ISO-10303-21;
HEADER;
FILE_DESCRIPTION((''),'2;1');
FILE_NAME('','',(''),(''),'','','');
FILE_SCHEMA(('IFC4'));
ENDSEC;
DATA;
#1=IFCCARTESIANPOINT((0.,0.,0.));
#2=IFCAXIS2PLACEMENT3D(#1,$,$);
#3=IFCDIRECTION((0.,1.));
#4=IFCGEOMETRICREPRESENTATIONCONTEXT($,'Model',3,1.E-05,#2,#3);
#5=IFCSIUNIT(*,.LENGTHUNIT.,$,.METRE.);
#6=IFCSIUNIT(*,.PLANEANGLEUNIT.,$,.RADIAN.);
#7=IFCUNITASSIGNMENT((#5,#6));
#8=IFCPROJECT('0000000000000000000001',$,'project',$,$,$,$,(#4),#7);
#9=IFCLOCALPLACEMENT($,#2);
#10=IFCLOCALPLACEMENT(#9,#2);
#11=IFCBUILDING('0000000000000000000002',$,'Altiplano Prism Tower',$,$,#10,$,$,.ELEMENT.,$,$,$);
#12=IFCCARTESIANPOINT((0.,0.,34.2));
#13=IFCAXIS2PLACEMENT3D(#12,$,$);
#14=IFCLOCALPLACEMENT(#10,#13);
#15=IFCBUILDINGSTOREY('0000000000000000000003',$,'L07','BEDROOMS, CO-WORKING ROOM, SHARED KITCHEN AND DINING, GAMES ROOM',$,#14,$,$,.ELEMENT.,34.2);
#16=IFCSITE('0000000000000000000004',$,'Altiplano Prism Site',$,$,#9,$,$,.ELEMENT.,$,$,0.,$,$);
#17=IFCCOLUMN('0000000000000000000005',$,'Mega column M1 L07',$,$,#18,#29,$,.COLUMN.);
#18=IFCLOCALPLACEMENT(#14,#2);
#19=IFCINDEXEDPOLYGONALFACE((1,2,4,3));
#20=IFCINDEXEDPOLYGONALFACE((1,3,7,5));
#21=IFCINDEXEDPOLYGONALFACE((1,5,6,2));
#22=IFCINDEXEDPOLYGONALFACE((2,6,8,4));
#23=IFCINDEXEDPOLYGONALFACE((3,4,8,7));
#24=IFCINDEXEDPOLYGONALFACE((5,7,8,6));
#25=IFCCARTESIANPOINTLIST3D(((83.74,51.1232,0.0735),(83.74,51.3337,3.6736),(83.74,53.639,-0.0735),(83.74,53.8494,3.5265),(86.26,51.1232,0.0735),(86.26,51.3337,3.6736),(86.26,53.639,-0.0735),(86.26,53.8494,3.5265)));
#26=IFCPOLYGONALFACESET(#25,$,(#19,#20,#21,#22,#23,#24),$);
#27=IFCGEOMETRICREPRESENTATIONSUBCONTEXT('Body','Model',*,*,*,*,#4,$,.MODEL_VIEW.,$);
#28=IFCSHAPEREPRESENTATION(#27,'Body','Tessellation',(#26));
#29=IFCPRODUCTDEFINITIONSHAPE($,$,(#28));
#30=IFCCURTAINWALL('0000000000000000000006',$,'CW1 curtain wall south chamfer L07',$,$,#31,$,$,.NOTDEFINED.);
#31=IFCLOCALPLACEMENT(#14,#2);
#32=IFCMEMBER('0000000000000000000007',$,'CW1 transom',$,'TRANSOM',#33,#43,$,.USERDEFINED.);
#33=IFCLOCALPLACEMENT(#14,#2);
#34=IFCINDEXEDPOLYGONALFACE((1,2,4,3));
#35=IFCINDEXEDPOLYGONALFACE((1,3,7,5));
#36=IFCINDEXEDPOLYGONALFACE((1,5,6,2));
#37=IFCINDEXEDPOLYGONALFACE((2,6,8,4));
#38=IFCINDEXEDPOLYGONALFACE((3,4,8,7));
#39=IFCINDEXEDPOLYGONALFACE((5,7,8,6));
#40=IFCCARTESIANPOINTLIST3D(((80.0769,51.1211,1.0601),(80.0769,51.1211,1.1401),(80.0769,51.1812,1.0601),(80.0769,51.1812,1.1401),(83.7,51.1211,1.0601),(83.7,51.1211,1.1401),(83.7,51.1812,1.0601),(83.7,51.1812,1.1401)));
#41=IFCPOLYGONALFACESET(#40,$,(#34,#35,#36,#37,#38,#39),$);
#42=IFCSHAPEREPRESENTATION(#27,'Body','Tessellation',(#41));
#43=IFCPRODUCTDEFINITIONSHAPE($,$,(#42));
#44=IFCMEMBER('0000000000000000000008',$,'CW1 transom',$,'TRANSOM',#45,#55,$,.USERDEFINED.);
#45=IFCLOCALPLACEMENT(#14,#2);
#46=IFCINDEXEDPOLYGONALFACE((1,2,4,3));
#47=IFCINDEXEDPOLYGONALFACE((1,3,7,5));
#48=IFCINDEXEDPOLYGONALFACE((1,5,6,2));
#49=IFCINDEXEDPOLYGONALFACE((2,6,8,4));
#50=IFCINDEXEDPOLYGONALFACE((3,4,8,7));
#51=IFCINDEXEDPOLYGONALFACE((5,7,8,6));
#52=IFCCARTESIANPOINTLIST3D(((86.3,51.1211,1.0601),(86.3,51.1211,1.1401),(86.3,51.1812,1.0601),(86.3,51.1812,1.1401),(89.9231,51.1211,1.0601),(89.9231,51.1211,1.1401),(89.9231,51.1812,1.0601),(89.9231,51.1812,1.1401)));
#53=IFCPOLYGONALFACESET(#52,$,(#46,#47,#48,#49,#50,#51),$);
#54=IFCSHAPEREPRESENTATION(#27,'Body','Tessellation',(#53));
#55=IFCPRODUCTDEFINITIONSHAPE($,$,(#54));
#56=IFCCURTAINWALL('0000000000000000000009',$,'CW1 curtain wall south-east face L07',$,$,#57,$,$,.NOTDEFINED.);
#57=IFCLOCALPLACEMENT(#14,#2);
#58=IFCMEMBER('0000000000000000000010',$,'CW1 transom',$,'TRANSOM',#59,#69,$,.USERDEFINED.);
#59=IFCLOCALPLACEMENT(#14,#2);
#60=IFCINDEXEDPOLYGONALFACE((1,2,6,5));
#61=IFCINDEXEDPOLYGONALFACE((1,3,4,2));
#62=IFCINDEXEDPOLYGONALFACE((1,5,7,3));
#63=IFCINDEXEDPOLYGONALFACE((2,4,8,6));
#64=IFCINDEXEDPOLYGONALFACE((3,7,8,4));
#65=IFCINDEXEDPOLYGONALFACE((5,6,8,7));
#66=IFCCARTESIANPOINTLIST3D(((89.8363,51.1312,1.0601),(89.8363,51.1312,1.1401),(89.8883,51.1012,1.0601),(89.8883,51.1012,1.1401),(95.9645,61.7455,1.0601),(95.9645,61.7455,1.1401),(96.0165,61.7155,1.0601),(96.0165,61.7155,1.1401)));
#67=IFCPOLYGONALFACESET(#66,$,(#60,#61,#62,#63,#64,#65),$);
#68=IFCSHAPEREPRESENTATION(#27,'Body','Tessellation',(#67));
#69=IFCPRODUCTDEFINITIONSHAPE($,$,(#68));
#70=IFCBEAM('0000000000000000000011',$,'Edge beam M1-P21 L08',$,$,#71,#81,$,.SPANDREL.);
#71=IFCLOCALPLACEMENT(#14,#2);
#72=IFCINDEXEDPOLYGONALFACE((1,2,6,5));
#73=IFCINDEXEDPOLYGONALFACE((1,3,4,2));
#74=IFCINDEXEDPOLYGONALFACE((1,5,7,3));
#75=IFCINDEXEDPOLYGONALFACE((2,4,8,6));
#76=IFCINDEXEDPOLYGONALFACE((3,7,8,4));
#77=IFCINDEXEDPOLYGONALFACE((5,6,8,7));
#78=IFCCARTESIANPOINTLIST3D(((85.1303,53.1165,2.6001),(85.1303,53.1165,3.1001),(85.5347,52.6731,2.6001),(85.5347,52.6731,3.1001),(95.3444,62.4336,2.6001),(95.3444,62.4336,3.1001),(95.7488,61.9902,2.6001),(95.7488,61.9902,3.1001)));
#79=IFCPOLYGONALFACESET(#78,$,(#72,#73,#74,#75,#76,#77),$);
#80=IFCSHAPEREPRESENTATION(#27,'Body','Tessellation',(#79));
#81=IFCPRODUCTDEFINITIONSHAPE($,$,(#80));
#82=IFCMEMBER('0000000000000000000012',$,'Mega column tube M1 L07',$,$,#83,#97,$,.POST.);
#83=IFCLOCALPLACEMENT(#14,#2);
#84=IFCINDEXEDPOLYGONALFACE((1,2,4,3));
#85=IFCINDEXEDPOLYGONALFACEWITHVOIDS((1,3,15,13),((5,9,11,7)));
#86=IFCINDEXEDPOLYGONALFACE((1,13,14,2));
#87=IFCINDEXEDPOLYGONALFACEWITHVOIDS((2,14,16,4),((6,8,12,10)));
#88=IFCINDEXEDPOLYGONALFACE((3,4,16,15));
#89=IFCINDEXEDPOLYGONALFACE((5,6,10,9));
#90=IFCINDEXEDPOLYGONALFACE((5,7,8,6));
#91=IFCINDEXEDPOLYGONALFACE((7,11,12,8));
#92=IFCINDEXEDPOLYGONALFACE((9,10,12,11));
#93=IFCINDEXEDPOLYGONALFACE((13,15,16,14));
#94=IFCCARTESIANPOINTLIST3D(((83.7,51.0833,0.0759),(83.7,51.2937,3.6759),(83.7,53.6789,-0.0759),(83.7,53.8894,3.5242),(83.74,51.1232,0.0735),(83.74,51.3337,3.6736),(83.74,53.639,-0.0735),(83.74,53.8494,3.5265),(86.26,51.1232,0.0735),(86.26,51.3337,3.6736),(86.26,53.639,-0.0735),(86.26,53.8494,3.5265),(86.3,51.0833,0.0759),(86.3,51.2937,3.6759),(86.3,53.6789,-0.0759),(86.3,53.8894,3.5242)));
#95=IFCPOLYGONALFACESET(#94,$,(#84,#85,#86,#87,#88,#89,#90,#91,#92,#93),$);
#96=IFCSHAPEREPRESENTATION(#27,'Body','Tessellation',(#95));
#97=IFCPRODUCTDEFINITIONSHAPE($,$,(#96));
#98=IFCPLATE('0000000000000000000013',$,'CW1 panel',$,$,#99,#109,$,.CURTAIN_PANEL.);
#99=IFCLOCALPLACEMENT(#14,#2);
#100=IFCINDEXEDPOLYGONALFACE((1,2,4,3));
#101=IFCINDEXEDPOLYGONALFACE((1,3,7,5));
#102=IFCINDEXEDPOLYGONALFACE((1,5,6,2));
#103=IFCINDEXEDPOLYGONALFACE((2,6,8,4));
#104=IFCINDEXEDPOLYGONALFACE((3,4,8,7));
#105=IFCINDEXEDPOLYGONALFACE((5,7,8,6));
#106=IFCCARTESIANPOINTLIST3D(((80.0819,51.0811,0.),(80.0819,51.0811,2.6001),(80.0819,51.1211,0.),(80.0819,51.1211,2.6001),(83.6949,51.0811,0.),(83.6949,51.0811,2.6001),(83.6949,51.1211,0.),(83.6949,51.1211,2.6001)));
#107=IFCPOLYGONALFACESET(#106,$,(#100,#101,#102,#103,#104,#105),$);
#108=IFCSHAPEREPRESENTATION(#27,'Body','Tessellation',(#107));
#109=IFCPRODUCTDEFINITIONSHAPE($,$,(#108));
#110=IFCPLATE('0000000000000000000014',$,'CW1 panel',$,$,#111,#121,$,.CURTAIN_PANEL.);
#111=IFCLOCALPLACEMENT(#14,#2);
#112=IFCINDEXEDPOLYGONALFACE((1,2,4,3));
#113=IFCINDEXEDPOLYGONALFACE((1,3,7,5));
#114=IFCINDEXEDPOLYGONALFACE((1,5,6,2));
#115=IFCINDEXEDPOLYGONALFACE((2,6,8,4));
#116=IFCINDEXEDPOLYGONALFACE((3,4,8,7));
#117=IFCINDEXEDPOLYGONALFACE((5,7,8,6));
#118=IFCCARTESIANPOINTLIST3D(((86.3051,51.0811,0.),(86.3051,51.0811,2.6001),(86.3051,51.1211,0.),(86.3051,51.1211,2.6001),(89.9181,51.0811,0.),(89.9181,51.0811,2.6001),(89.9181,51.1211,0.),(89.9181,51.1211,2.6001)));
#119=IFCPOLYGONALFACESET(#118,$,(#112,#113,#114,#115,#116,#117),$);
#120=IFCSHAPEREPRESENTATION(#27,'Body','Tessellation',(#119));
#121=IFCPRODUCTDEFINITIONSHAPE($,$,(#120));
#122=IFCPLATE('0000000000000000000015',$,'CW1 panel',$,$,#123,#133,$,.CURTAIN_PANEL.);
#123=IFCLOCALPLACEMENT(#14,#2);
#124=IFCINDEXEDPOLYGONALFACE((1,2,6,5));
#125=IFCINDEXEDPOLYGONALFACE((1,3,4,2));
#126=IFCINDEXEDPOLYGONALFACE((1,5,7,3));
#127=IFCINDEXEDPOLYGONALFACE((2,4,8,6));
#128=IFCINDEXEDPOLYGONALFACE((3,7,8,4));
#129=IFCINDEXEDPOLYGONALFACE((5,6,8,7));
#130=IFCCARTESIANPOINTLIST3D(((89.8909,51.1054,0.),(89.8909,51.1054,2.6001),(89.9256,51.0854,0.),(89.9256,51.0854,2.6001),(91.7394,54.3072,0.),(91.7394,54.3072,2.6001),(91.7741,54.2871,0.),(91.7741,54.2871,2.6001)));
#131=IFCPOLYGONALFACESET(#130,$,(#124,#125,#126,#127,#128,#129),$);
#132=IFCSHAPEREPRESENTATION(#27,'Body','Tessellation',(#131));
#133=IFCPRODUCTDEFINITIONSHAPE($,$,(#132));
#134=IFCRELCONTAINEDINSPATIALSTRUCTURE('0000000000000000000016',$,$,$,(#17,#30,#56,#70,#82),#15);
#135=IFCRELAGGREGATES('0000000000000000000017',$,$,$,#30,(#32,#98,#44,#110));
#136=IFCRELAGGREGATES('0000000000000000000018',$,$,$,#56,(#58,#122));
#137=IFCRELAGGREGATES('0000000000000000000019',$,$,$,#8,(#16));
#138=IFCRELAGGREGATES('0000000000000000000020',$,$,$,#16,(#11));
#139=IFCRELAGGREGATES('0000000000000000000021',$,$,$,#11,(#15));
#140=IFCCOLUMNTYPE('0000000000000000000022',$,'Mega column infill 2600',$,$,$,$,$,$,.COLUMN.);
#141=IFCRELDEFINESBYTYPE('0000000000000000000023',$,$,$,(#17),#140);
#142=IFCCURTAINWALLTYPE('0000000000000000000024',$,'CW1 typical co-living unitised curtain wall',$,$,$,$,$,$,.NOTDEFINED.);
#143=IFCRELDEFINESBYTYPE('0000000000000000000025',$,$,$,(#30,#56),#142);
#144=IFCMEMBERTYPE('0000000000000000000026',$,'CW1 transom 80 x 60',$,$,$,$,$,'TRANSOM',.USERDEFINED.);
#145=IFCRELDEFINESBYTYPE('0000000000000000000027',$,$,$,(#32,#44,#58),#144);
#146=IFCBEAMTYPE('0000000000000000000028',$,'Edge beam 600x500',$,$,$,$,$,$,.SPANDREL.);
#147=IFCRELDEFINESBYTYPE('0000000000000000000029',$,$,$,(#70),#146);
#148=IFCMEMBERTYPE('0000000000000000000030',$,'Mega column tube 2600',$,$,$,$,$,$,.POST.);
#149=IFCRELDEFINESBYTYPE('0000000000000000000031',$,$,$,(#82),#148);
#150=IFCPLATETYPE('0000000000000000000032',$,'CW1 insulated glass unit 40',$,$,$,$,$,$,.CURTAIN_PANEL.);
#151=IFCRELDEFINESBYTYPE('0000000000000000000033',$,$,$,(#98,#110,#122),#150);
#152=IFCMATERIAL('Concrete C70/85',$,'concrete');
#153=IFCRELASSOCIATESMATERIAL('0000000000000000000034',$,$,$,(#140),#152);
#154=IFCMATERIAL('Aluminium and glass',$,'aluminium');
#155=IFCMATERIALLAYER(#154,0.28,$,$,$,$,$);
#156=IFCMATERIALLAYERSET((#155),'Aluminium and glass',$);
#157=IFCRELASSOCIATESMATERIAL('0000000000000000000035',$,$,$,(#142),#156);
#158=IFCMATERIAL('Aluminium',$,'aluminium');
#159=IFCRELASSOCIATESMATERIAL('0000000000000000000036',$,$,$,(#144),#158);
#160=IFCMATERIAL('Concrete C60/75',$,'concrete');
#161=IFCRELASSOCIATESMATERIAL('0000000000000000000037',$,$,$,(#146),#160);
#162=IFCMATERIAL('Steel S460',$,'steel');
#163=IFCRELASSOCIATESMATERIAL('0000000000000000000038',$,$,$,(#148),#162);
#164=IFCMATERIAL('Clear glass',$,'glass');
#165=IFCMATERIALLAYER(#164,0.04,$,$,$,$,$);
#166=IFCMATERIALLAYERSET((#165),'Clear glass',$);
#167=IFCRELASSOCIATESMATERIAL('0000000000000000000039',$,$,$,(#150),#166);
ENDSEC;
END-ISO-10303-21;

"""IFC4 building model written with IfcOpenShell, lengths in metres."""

from ifc_helpers import new_model, si_unit, direction, frame, origin, origin_2d, place, context, subcontext, project, spatial, rectangle, hollow_rectangle, extrude, material, layer, layer_set, material_profile, profile_set, type_object, element, aggregate, save


model = new_model("IFC4")

# Units and contexts
model_context = context("Model", 3, precision=1e-05, world=origin(), true_north=direction((0.0, 1.0)))
body_context = subcontext(model_context, "Body", "Model", "MODEL_VIEW")
ifc_project = project(units=[si_unit("LENGTHUNIT", "METRE"), si_unit("PLANEANGLEUNIT", "RADIAN")], contexts=[model_context])

# Site, building, storey
site_placement = place(None, origin())
site = spatial("IfcSite", under=ifc_project, at=site_placement, Name="Altiplano Prism Site", CompositionType="ELEMENT", RefElevation=0.0)
building_placement = place(site_placement, origin())
building = spatial("IfcBuilding", under=site, at=building_placement, Name="Altiplano Prism Tower", CompositionType="ELEMENT")
storey_placement = place(building_placement, frame((0.0, 0.0, 34.2)))
storey = spatial("IfcBuildingStorey", under=building, at=storey_placement, Name="L07", Description="BEDROOMS, CO-WORKING ROOM, SHARED KITCHEN AND DINING, GAMES ROOM", CompositionType="ELEMENT", Elevation=34.2)

# Column
ifc_material_1 = material(Name="Concrete C70/85", Category="concrete")
ifc_material_profile_1 = material_profile(ifc_material_1, rectangle(XDim=2.52, YDim=2.52, at=origin_2d()), Name="Mega column infill 2600")
ifc_profile_set_1 = profile_set([ifc_material_profile_1], Name="Concrete C70/85")
column_type = type_object("IfcColumnType", Name="Mega column infill 2600", PredefinedType="COLUMN", material=ifc_profile_set_1)
column_placement = place(storey_placement, frame((85.0, 52.3811, 0.0), z_axis=(0.0, 0.058357, 0.998296), x_axis=(-1.0, 0.0, 0.0)))
element("IfcColumn", 1, at=column_placement, inside=storey, type_object=column_type, Name="Mega column M1 L07", PredefinedType="COLUMN", context=body_context, shape_type="SweptSolid", body=[
    extrude(rectangle(XDim=2.52, YDim=2.52, at=origin_2d()), origin(), (0.0, 0.0, 1.0), 3.6062),
])

# Curtain wall, members
ifc_material_2 = material(Name="Aluminium and glass", Category="aluminium")
ifc_layer_1 = layer(ifc_material_2, 0.28)
ifc_layer_set_1 = layer_set([ifc_layer_1], Name="Aluminium and glass")
curtain_wall_type = type_object("IfcCurtainWallType", Name="CW1 typical co-living unitised curtain wall", PredefinedType="NOTDEFINED", material=ifc_layer_set_1)
curtain_wall_1_placement = place(storey_placement, origin())
curtain_wall_1 = element("IfcCurtainWall", 2, at=curtain_wall_1_placement, inside=storey, type_object=curtain_wall_type, Name="CW1 curtain wall south chamfer L07", PredefinedType="NOTDEFINED")
ifc_material_3 = material(Name="Aluminium", Category="aluminium")
ifc_material_profile_2 = material_profile(ifc_material_3, rectangle(XDim=0.0601, YDim=0.0801, at=origin_2d()), Name="CW1 transom 80 x 60")
ifc_profile_set_2 = profile_set([ifc_material_profile_2], Name="Aluminium")
member_type_1 = type_object("IfcMemberType", Name="CW1 transom 80 x 60", ElementType="TRANSOM", PredefinedType="USERDEFINED", material=ifc_profile_set_2)
member_1_placement = place(storey_placement, frame((80.0769, 51.1511, 1.1001), z_axis=(1.0, 0.0, 0.0), x_axis=(0.0, 1.0, 0.0)))
member_1 = element("IfcMember", 3, at=member_1_placement, type_object=member_type_1, Name="CW1 transom", ObjectType="TRANSOM", PredefinedType="USERDEFINED", context=body_context, shape_type="SweptSolid", body=[
    extrude(rectangle(XDim=0.0601, YDim=0.0801, at=origin_2d()), origin(), (0.0, 0.0, 1.0), 3.623),
])
member_2_placement = place(storey_placement, frame((86.3, 51.1511, 1.1001), z_axis=(1.0, 0.0, 0.0), x_axis=(0.0, 1.0, 0.0)))
member_2 = element("IfcMember", 4, at=member_2_placement, type_object=member_type_1, Name="CW1 transom", ObjectType="TRANSOM", PredefinedType="USERDEFINED", context=body_context, shape_type="SweptSolid", body=[
    extrude(rectangle(XDim=0.0601, YDim=0.0801, at=origin_2d()), origin(), (0.0, 0.0, 1.0), 3.623),
])

# Curtain wall, member
curtain_wall_2_placement = place(storey_placement, origin())
curtain_wall_2 = element("IfcCurtainWall", 5, at=curtain_wall_2_placement, inside=storey, type_object=curtain_wall_type, Name="CW1 curtain wall south-east face L07", PredefinedType="NOTDEFINED")
member_3_placement = place(storey_placement, frame((89.8623, 51.1162, 1.1001), z_axis=(0.500002, 0.866024, 0.0), x_axis=(-0.866024, 0.500002, 0.0)))
member_3 = element("IfcMember", 6, at=member_3_placement, type_object=member_type_1, Name="CW1 transom", ObjectType="TRANSOM", PredefinedType="USERDEFINED", context=body_context, shape_type="SweptSolid", body=[
    extrude(rectangle(XDim=0.0601, YDim=0.0801, at=origin_2d()), origin(), (0.0, 0.0, 1.0), 12.2563),
])

# Beam
ifc_material_4 = material(Name="Concrete C60/75", Category="concrete")
ifc_material_profile_3 = material_profile(ifc_material_4, rectangle(XDim=0.6001, YDim=0.5, at=origin_2d()), Name="Edge beam 600x500")
ifc_profile_set_3 = profile_set([ifc_material_profile_3], Name="Concrete C60/75")
beam_type = type_object("IfcBeamType", Name="Edge beam 600x500", PredefinedType="SPANDREL", material=ifc_profile_set_3)
beam_placement = place(storey_placement, frame((85.3325, 52.8948, 2.8501), z_axis=(0.738802, 0.673923, 0.0), x_axis=(-0.673923, 0.738802, 0.0)))
element("IfcBeam", 7, at=beam_placement, inside=storey, type_object=beam_type, Name="Edge beam M1-P21 L08", PredefinedType="SPANDREL", context=body_context, shape_type="SweptSolid", body=[
    extrude(rectangle(XDim=0.6001, YDim=0.5, at=origin_2d()), origin(), (0.0, 0.0, 1.0), 13.8252),
])

# Member
ifc_material_5 = material(Name="Steel S460", Category="steel")
ifc_material_profile_4 = material_profile(ifc_material_5, hollow_rectangle(XDim=2.6001, YDim=2.6001, WallThickness=0.04, at=origin_2d()), Name="Mega column tube 2600")
ifc_profile_set_4 = profile_set([ifc_material_profile_4], Name="Steel S460")
member_type_2 = type_object("IfcMemberType", Name="Mega column tube 2600", PredefinedType="POST", material=ifc_profile_set_4)
member_4_placement = place(storey_placement, frame((85.0, 52.3811, 0.0), z_axis=(0.0, 0.058357, 0.998296), x_axis=(-1.0, 0.0, 0.0)))
element("IfcMember", 8, at=member_4_placement, inside=storey, type_object=member_type_2, Name="Mega column tube M1 L07", PredefinedType="POST", context=body_context, shape_type="SweptSolid", body=[
    extrude(hollow_rectangle(XDim=2.6001, YDim=2.6001, WallThickness=0.04, at=origin_2d()), origin(), (0.0, 0.0, 1.0), 3.6062),
])

# Plates
ifc_material_6 = material(Name="Clear glass", Category="glass")
ifc_layer_2 = layer(ifc_material_6, 0.04)
ifc_layer_set_2 = layer_set([ifc_layer_2], Name="Clear glass")
plate_type = type_object("IfcPlateType", Name="CW1 insulated glass unit 40", PredefinedType="CURTAIN_PANEL", material=ifc_layer_set_2)
plate_1_placement = place(storey_placement, frame((81.8884, 51.1011, 0.0), z_axis=(0.0, 0.0, 1.0), x_axis=(1.0, 0.0, 0.0)))
plate_1 = element("IfcPlate", 9, at=plate_1_placement, type_object=plate_type, Name="CW1 panel", PredefinedType="CURTAIN_PANEL", context=body_context, shape_type="SweptSolid", body=[
    extrude(rectangle(XDim=3.613, YDim=0.04, at=origin_2d()), origin(), (0.0, 0.0, 1.0), 2.6001),
])
plate_2_placement = place(storey_placement, frame((88.1116, 51.1011, 0.0), z_axis=(0.0, 0.0, 1.0), x_axis=(1.0, 0.0, 0.0)))
plate_2 = element("IfcPlate", 10, at=plate_2_placement, type_object=plate_type, Name="CW1 panel", PredefinedType="CURTAIN_PANEL", context=body_context, shape_type="SweptSolid", body=[
    extrude(rectangle(XDim=3.613, YDim=0.04, at=origin_2d()), origin(), (0.0, 0.0, 1.0), 2.6001),
])
aggregate(curtain_wall_1, [member_1, plate_1, member_2, plate_2])
plate_3_placement = place(storey_placement, frame((90.8325, 52.6963, 0.0), z_axis=(0.0, 0.0, 1.0), x_axis=(0.5, 0.866025, 0.0)))
plate_3 = element("IfcPlate", 11, at=plate_3_placement, type_object=plate_type, Name="CW1 panel", PredefinedType="CURTAIN_PANEL", context=body_context, shape_type="SweptSolid", body=[
    extrude(rectangle(XDim=3.697, YDim=0.04, at=origin_2d()), origin(), (0.0, 0.0, 1.0), 2.6001),
])
aggregate(curtain_wall_2, [member_3, plate_3])

save(model, "model.ifc")
